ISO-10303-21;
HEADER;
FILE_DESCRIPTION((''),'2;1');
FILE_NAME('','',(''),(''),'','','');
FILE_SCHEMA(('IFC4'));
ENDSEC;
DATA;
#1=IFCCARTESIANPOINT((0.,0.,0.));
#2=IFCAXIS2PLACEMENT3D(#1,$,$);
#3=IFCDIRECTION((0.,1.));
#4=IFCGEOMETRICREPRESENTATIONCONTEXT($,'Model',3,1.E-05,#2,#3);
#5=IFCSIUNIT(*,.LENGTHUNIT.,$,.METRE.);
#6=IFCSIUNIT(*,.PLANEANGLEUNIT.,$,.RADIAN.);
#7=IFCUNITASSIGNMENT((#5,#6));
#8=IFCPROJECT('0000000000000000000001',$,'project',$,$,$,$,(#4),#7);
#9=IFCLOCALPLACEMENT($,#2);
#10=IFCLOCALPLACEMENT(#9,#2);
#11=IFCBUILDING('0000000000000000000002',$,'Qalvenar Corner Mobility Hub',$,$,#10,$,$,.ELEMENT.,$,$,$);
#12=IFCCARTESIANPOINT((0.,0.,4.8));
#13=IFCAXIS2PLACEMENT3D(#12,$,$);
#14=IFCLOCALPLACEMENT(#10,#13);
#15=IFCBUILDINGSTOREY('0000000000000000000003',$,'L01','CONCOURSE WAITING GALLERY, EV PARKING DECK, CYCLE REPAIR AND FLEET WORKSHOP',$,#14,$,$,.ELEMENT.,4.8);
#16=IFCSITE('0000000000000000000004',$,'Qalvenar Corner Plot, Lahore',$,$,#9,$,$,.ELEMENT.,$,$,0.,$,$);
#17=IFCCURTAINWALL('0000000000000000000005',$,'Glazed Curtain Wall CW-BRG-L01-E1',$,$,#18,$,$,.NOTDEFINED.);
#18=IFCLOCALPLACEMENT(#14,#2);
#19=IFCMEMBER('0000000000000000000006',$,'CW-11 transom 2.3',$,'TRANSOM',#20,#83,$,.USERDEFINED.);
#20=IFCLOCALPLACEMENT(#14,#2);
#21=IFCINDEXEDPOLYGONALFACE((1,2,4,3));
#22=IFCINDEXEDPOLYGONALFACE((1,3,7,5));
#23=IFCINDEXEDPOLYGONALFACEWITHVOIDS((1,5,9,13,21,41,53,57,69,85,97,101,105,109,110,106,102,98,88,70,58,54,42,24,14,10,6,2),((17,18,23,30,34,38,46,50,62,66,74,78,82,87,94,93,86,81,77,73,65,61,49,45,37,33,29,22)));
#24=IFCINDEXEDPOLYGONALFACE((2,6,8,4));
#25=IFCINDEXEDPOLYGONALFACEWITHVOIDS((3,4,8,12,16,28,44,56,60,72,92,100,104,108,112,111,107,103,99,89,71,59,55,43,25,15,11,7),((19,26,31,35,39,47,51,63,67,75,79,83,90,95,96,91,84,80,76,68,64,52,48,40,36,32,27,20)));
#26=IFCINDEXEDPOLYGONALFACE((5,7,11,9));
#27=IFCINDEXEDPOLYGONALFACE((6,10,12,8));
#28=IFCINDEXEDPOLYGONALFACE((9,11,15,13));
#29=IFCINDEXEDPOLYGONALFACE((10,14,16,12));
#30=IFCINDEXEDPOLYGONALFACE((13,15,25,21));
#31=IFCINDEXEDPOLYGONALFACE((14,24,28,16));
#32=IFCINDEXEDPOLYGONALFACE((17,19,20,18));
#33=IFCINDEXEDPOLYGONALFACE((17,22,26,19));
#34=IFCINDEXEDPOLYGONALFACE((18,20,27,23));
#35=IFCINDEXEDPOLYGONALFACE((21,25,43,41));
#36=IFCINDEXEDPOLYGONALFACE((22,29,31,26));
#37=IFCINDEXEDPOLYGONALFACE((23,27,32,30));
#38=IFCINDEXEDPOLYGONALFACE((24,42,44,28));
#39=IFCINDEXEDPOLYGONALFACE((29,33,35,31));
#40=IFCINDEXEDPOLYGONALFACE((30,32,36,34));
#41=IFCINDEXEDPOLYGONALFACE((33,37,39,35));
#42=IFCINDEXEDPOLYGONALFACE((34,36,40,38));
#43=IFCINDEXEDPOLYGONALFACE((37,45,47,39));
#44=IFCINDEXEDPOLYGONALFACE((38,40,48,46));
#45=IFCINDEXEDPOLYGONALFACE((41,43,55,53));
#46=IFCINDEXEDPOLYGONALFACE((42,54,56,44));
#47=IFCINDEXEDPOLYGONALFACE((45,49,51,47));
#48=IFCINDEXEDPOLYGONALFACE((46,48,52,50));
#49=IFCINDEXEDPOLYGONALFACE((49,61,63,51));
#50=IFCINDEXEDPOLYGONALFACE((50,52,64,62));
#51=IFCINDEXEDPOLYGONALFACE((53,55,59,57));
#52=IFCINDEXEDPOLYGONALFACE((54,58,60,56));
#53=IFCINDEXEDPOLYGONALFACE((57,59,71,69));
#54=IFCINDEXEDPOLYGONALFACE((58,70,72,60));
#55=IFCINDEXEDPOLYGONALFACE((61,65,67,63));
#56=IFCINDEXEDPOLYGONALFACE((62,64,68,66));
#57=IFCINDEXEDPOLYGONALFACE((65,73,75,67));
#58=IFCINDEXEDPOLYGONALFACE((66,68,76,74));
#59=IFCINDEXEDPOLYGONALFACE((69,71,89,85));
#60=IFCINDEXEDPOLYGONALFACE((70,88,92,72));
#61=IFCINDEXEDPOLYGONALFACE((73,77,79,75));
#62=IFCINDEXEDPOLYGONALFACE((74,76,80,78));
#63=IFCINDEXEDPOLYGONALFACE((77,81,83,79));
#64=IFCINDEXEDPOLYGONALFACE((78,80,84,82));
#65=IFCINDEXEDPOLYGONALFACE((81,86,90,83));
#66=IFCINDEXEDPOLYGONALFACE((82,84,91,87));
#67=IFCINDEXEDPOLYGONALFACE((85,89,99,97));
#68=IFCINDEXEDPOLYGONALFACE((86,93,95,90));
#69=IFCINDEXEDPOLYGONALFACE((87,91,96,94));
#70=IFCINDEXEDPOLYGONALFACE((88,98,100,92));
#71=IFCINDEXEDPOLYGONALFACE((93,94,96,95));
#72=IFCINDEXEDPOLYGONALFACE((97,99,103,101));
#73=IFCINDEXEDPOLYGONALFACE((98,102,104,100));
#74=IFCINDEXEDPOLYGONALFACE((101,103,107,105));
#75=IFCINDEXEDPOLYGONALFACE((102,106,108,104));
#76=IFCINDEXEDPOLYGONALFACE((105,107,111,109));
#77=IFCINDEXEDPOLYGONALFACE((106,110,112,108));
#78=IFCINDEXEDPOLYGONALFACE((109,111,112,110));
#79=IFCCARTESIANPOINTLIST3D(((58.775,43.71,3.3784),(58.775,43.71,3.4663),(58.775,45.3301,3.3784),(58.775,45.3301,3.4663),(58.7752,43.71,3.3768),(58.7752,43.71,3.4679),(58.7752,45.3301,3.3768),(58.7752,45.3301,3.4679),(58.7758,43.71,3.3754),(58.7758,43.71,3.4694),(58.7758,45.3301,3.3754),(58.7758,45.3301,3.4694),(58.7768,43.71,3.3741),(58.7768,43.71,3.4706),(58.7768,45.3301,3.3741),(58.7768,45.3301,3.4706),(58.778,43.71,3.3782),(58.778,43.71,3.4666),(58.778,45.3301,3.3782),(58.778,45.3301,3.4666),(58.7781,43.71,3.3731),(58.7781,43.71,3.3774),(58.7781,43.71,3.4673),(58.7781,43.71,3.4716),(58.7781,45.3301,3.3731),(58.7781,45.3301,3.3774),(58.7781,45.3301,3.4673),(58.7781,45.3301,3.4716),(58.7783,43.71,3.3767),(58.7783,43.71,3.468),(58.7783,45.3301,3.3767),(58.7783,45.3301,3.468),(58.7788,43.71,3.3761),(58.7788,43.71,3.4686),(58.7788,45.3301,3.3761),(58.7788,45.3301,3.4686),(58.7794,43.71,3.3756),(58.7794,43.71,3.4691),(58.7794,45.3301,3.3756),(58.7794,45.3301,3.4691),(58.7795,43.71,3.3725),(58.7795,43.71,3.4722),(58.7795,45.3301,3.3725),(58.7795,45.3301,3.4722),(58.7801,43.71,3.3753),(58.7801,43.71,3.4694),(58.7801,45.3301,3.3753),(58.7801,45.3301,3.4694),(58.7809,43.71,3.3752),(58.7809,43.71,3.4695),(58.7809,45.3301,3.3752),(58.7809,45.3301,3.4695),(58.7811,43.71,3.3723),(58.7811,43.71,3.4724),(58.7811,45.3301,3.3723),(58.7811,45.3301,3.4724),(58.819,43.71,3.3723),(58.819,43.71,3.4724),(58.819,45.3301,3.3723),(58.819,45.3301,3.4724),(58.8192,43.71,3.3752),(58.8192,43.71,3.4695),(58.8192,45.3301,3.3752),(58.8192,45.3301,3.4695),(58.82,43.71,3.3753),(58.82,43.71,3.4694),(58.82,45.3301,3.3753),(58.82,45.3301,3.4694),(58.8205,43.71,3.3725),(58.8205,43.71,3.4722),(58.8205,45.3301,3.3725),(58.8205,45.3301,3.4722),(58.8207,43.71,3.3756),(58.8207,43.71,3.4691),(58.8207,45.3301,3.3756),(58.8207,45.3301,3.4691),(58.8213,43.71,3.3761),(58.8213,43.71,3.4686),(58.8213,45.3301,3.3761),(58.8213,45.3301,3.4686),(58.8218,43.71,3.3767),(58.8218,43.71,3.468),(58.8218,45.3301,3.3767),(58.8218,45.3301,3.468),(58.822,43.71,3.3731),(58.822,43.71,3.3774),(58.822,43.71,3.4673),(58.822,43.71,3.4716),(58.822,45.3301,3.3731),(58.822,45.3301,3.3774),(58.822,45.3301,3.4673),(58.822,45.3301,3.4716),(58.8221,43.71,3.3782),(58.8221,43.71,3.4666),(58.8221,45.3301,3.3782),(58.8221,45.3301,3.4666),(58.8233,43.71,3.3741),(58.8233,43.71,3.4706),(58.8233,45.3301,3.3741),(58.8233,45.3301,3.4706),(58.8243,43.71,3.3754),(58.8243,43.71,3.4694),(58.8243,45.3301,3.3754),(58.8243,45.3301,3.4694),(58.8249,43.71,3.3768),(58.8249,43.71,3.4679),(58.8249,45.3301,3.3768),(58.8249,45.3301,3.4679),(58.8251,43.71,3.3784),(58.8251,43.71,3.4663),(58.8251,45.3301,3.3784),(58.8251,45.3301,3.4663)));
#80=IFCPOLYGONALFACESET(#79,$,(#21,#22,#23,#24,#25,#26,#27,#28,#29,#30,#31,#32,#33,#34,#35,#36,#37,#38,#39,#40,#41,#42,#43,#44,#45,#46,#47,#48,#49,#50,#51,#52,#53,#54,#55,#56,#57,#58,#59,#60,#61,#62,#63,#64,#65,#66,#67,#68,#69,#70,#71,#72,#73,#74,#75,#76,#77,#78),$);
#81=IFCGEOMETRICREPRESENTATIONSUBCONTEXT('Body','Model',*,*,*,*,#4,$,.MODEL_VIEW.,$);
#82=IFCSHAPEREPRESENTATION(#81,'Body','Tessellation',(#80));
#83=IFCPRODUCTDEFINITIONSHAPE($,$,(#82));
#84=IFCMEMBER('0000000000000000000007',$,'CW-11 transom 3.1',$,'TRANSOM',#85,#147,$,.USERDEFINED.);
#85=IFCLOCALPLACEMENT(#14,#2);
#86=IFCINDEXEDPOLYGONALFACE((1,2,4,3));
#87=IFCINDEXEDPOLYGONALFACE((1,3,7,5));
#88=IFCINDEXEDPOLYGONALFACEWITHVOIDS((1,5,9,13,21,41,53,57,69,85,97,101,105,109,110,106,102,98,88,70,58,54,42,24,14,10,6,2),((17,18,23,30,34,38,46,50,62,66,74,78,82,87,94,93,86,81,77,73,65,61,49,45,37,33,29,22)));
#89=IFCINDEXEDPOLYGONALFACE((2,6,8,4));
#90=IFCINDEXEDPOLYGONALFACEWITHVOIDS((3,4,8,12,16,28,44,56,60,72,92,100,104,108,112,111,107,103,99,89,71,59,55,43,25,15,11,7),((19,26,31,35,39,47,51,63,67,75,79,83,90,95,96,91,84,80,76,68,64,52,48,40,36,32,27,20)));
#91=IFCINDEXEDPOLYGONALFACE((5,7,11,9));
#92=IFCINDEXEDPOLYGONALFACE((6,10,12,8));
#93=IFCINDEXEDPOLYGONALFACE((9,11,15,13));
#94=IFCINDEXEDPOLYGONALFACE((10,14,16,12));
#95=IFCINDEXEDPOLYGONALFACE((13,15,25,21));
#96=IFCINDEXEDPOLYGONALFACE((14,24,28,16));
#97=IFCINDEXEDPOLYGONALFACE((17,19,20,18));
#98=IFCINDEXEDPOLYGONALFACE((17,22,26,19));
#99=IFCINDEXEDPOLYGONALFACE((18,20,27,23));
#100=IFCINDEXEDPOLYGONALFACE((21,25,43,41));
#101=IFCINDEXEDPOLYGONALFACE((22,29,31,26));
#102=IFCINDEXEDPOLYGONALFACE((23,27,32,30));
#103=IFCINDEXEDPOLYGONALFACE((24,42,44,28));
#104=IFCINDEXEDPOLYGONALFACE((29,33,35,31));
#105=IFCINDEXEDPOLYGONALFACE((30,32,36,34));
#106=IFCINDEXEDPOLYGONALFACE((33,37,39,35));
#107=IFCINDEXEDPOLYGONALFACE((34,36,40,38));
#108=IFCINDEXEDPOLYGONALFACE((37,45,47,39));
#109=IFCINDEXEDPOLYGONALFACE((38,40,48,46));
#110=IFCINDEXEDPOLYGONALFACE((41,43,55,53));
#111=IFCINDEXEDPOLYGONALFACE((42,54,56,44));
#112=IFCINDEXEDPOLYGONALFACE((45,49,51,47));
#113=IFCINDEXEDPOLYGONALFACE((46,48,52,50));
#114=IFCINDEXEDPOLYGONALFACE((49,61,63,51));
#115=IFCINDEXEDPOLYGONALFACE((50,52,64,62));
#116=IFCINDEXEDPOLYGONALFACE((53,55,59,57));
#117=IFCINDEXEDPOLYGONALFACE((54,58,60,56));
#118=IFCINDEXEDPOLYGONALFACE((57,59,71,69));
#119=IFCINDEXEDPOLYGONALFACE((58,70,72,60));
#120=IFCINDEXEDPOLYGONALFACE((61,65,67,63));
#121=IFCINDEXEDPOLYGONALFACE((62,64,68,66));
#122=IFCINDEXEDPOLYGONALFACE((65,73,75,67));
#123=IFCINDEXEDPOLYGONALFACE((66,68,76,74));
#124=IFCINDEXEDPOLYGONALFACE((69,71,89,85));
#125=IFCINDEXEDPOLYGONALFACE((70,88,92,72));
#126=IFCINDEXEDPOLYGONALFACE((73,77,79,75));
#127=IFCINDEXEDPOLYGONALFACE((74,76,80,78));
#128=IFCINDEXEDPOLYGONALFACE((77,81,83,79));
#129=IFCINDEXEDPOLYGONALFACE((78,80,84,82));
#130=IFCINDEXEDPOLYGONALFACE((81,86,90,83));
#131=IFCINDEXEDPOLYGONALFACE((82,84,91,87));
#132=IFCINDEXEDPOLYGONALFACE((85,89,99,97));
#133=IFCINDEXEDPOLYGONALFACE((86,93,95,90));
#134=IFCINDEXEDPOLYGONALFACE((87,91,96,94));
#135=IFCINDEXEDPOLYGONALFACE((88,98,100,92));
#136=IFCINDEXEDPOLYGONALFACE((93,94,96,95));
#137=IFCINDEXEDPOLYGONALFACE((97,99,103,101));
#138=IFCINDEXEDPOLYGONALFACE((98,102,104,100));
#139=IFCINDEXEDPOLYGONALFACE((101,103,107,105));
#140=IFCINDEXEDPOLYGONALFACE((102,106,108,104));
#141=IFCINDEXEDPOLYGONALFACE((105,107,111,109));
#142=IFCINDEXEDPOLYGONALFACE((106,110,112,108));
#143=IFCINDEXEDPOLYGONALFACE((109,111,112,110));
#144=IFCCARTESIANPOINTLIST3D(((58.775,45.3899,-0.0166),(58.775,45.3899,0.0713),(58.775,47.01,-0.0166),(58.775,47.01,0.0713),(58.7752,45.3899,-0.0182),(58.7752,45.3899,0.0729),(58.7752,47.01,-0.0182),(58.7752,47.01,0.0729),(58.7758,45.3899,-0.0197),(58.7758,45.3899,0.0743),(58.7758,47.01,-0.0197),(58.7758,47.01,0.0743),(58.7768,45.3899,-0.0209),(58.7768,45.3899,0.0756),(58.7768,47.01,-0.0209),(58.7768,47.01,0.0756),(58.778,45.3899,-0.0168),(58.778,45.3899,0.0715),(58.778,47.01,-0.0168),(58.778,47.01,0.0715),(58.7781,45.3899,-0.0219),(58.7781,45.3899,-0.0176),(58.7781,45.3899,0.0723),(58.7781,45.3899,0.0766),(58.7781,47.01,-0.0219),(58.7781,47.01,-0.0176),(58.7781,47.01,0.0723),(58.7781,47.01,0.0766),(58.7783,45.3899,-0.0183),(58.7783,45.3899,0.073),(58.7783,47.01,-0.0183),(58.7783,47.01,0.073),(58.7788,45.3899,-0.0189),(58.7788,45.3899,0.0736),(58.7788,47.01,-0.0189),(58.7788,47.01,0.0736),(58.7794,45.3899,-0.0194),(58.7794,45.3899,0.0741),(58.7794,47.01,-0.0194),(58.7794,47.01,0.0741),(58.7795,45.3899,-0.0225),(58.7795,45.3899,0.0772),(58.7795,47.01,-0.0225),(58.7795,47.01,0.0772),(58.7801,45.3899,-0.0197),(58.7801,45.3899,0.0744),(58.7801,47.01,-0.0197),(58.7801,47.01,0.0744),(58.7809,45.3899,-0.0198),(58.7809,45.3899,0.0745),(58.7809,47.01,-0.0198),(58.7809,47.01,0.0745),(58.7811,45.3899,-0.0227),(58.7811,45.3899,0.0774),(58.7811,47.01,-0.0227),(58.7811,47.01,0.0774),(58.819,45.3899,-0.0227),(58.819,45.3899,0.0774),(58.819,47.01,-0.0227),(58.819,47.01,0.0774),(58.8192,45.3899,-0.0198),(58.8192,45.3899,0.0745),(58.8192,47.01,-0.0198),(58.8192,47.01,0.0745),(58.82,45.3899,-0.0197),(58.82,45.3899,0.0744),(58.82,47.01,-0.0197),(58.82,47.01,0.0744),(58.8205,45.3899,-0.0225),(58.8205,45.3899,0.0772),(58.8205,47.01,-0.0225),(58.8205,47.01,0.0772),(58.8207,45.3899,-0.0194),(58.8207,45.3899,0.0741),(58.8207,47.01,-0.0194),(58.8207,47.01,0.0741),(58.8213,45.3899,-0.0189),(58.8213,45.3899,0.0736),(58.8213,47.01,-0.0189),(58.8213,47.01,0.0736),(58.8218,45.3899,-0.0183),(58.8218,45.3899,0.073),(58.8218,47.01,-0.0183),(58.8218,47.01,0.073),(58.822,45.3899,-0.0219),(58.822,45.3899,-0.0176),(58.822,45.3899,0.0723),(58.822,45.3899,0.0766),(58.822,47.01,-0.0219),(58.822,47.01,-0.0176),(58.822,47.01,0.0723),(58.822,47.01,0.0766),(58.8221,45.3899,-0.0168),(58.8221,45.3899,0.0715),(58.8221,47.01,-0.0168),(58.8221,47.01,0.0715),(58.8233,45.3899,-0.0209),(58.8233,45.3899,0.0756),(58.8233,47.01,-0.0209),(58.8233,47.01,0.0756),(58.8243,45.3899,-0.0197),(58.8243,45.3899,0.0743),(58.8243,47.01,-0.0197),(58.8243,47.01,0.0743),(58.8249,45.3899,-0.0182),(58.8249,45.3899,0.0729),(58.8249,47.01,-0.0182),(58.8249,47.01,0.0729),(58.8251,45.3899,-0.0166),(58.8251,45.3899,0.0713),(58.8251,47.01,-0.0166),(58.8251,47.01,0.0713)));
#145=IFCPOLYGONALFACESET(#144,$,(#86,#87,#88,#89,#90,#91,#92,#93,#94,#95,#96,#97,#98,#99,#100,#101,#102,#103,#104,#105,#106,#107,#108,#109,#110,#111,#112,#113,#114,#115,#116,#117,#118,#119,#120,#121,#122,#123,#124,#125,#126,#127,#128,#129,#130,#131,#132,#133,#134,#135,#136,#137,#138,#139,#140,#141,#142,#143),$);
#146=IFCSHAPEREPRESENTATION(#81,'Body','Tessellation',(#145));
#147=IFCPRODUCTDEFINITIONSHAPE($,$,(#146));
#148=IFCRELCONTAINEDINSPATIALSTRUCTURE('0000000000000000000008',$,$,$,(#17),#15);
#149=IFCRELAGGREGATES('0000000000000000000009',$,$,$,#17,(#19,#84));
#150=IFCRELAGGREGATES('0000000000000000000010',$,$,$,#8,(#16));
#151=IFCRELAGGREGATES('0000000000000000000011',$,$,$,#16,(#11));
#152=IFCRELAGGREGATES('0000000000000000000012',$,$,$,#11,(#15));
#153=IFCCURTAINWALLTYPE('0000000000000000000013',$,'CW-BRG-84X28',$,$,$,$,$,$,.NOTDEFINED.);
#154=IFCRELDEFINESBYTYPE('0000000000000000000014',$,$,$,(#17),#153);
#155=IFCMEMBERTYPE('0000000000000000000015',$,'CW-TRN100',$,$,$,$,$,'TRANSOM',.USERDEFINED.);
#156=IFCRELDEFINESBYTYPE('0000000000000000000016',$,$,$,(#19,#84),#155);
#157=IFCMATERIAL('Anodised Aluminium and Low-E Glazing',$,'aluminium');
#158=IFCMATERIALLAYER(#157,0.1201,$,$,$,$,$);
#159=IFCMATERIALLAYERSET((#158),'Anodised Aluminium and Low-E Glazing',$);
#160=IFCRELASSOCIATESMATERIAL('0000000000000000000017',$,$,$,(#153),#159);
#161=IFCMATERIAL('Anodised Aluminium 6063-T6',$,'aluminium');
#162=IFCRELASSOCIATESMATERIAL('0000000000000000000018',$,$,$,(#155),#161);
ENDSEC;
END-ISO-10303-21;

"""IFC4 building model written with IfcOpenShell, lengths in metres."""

from ifc_helpers import new_model, si_unit, direction, frame, origin, origin_2d, place, context, subcontext, project, spatial, hollow_rectangle, extrude, material, layer, layer_set, material_profile, profile_set, type_object, element, aggregate, save


model = new_model("IFC4")

# Units and contexts
model_context = context("Model", 3, precision=1e-05, world=origin(), true_north=direction((0.0, 1.0)))
body_context = subcontext(model_context, "Body", "Model", "MODEL_VIEW")
ifc_project = project(units=[si_unit("LENGTHUNIT", "METRE"), si_unit("PLANEANGLEUNIT", "RADIAN")], contexts=[model_context])

# Site, building, storey
site_placement = place(None, origin())
site = spatial("IfcSite", under=ifc_project, at=site_placement, Name="Qalvenar Corner Plot, Lahore", CompositionType="ELEMENT", RefElevation=0.0)
building_placement = place(site_placement, origin())
building = spatial("IfcBuilding", under=site, at=building_placement, Name="Qalvenar Corner Mobility Hub", CompositionType="ELEMENT")
storey_placement = place(building_placement, frame((0.0, 0.0, 4.8)))
storey = spatial("IfcBuildingStorey", under=building, at=storey_placement, Name="L01", Description="CONCOURSE WAITING GALLERY, EV PARKING DECK, CYCLE REPAIR AND FLEET WORKSHOP", CompositionType="ELEMENT", Elevation=4.8)

# Shared definitions
ifc_material_1 = material(Name="Anodised Aluminium and Low-E Glazing", Category="aluminium")
ifc_layer_1 = layer(ifc_material_1, 0.1201)
ifc_layer_set_1 = layer_set([ifc_layer_1], Name="Anodised Aluminium and Low-E Glazing")
curtain_wall_type = type_object("IfcCurtainWallType", Name="CW-BRG-84X28", PredefinedType="NOTDEFINED", material=ifc_layer_set_1)
ifc_material_2 = material(Name="Anodised Aluminium 6063-T6", Category="aluminium")

# Curtain wall, members
curtain_wall_1_placement = place(storey_placement, origin())
curtain_wall_1 = element("IfcCurtainWall", 1, at=curtain_wall_1_placement, inside=storey, type_object=curtain_wall_type, Name="Glazed Curtain Wall CW-BRG-L01-E1", PredefinedType="NOTDEFINED")
ifc_material_profile_1 = material_profile(ifc_material_2, hollow_rectangle(XDim=0.05, YDim=0.1001, WallThickness=0.0029, InnerFilletRadius=0.0029, OuterFilletRadius=0.0061, at=origin_2d()), Name="RHS100x50x3")
ifc_profile_set_1 = profile_set([ifc_material_profile_1], Name="Anodised Aluminium 6063-T6")
member_type_1 = type_object("IfcMemberType", Name="CW-TRN100", ElementType="TRANSOM", PredefinedType="USERDEFINED", material=ifc_profile_set_1)
member_1_placement = place(storey_placement, frame((58.8, 43.71, 3.4224), z_axis=(0.0, 1.0, 0.0), x_axis=(-1.0, 0.0, 0.0)))
member_1 = element("IfcMember", 2, at=member_1_placement, type_object=member_type_1, Name="CW-11 transom 2.3", ObjectType="TRANSOM", PredefinedType="USERDEFINED", context=body_context, shape_type="SweptSolid", body=[
    extrude(hollow_rectangle(XDim=0.05, YDim=0.1001, WallThickness=0.0029, InnerFilletRadius=0.0029, OuterFilletRadius=0.0061, at=origin_2d()), origin(), (0.0, 0.0, 1.0), 1.6201),
])
member_2_placement = place(storey_placement, frame((58.8, 45.3899, 0.0273), z_axis=(0.0, 1.0, 0.0), x_axis=(-1.0, 0.0, 0.0)))
member_2 = element("IfcMember", 3, at=member_2_placement, type_object=member_type_1, Name="CW-11 transom 3.1", ObjectType="TRANSOM", PredefinedType="USERDEFINED", context=body_context, shape_type="SweptSolid", body=[
    extrude(hollow_rectangle(XDim=0.05, YDim=0.1001, WallThickness=0.0029, InnerFilletRadius=0.0029, OuterFilletRadius=0.0061, at=origin_2d()), origin(), (0.0, 0.0, 1.0), 1.6201),
])

aggregate(curtain_wall_1, [member_1, member_2])

save(model, "model.ifc")
